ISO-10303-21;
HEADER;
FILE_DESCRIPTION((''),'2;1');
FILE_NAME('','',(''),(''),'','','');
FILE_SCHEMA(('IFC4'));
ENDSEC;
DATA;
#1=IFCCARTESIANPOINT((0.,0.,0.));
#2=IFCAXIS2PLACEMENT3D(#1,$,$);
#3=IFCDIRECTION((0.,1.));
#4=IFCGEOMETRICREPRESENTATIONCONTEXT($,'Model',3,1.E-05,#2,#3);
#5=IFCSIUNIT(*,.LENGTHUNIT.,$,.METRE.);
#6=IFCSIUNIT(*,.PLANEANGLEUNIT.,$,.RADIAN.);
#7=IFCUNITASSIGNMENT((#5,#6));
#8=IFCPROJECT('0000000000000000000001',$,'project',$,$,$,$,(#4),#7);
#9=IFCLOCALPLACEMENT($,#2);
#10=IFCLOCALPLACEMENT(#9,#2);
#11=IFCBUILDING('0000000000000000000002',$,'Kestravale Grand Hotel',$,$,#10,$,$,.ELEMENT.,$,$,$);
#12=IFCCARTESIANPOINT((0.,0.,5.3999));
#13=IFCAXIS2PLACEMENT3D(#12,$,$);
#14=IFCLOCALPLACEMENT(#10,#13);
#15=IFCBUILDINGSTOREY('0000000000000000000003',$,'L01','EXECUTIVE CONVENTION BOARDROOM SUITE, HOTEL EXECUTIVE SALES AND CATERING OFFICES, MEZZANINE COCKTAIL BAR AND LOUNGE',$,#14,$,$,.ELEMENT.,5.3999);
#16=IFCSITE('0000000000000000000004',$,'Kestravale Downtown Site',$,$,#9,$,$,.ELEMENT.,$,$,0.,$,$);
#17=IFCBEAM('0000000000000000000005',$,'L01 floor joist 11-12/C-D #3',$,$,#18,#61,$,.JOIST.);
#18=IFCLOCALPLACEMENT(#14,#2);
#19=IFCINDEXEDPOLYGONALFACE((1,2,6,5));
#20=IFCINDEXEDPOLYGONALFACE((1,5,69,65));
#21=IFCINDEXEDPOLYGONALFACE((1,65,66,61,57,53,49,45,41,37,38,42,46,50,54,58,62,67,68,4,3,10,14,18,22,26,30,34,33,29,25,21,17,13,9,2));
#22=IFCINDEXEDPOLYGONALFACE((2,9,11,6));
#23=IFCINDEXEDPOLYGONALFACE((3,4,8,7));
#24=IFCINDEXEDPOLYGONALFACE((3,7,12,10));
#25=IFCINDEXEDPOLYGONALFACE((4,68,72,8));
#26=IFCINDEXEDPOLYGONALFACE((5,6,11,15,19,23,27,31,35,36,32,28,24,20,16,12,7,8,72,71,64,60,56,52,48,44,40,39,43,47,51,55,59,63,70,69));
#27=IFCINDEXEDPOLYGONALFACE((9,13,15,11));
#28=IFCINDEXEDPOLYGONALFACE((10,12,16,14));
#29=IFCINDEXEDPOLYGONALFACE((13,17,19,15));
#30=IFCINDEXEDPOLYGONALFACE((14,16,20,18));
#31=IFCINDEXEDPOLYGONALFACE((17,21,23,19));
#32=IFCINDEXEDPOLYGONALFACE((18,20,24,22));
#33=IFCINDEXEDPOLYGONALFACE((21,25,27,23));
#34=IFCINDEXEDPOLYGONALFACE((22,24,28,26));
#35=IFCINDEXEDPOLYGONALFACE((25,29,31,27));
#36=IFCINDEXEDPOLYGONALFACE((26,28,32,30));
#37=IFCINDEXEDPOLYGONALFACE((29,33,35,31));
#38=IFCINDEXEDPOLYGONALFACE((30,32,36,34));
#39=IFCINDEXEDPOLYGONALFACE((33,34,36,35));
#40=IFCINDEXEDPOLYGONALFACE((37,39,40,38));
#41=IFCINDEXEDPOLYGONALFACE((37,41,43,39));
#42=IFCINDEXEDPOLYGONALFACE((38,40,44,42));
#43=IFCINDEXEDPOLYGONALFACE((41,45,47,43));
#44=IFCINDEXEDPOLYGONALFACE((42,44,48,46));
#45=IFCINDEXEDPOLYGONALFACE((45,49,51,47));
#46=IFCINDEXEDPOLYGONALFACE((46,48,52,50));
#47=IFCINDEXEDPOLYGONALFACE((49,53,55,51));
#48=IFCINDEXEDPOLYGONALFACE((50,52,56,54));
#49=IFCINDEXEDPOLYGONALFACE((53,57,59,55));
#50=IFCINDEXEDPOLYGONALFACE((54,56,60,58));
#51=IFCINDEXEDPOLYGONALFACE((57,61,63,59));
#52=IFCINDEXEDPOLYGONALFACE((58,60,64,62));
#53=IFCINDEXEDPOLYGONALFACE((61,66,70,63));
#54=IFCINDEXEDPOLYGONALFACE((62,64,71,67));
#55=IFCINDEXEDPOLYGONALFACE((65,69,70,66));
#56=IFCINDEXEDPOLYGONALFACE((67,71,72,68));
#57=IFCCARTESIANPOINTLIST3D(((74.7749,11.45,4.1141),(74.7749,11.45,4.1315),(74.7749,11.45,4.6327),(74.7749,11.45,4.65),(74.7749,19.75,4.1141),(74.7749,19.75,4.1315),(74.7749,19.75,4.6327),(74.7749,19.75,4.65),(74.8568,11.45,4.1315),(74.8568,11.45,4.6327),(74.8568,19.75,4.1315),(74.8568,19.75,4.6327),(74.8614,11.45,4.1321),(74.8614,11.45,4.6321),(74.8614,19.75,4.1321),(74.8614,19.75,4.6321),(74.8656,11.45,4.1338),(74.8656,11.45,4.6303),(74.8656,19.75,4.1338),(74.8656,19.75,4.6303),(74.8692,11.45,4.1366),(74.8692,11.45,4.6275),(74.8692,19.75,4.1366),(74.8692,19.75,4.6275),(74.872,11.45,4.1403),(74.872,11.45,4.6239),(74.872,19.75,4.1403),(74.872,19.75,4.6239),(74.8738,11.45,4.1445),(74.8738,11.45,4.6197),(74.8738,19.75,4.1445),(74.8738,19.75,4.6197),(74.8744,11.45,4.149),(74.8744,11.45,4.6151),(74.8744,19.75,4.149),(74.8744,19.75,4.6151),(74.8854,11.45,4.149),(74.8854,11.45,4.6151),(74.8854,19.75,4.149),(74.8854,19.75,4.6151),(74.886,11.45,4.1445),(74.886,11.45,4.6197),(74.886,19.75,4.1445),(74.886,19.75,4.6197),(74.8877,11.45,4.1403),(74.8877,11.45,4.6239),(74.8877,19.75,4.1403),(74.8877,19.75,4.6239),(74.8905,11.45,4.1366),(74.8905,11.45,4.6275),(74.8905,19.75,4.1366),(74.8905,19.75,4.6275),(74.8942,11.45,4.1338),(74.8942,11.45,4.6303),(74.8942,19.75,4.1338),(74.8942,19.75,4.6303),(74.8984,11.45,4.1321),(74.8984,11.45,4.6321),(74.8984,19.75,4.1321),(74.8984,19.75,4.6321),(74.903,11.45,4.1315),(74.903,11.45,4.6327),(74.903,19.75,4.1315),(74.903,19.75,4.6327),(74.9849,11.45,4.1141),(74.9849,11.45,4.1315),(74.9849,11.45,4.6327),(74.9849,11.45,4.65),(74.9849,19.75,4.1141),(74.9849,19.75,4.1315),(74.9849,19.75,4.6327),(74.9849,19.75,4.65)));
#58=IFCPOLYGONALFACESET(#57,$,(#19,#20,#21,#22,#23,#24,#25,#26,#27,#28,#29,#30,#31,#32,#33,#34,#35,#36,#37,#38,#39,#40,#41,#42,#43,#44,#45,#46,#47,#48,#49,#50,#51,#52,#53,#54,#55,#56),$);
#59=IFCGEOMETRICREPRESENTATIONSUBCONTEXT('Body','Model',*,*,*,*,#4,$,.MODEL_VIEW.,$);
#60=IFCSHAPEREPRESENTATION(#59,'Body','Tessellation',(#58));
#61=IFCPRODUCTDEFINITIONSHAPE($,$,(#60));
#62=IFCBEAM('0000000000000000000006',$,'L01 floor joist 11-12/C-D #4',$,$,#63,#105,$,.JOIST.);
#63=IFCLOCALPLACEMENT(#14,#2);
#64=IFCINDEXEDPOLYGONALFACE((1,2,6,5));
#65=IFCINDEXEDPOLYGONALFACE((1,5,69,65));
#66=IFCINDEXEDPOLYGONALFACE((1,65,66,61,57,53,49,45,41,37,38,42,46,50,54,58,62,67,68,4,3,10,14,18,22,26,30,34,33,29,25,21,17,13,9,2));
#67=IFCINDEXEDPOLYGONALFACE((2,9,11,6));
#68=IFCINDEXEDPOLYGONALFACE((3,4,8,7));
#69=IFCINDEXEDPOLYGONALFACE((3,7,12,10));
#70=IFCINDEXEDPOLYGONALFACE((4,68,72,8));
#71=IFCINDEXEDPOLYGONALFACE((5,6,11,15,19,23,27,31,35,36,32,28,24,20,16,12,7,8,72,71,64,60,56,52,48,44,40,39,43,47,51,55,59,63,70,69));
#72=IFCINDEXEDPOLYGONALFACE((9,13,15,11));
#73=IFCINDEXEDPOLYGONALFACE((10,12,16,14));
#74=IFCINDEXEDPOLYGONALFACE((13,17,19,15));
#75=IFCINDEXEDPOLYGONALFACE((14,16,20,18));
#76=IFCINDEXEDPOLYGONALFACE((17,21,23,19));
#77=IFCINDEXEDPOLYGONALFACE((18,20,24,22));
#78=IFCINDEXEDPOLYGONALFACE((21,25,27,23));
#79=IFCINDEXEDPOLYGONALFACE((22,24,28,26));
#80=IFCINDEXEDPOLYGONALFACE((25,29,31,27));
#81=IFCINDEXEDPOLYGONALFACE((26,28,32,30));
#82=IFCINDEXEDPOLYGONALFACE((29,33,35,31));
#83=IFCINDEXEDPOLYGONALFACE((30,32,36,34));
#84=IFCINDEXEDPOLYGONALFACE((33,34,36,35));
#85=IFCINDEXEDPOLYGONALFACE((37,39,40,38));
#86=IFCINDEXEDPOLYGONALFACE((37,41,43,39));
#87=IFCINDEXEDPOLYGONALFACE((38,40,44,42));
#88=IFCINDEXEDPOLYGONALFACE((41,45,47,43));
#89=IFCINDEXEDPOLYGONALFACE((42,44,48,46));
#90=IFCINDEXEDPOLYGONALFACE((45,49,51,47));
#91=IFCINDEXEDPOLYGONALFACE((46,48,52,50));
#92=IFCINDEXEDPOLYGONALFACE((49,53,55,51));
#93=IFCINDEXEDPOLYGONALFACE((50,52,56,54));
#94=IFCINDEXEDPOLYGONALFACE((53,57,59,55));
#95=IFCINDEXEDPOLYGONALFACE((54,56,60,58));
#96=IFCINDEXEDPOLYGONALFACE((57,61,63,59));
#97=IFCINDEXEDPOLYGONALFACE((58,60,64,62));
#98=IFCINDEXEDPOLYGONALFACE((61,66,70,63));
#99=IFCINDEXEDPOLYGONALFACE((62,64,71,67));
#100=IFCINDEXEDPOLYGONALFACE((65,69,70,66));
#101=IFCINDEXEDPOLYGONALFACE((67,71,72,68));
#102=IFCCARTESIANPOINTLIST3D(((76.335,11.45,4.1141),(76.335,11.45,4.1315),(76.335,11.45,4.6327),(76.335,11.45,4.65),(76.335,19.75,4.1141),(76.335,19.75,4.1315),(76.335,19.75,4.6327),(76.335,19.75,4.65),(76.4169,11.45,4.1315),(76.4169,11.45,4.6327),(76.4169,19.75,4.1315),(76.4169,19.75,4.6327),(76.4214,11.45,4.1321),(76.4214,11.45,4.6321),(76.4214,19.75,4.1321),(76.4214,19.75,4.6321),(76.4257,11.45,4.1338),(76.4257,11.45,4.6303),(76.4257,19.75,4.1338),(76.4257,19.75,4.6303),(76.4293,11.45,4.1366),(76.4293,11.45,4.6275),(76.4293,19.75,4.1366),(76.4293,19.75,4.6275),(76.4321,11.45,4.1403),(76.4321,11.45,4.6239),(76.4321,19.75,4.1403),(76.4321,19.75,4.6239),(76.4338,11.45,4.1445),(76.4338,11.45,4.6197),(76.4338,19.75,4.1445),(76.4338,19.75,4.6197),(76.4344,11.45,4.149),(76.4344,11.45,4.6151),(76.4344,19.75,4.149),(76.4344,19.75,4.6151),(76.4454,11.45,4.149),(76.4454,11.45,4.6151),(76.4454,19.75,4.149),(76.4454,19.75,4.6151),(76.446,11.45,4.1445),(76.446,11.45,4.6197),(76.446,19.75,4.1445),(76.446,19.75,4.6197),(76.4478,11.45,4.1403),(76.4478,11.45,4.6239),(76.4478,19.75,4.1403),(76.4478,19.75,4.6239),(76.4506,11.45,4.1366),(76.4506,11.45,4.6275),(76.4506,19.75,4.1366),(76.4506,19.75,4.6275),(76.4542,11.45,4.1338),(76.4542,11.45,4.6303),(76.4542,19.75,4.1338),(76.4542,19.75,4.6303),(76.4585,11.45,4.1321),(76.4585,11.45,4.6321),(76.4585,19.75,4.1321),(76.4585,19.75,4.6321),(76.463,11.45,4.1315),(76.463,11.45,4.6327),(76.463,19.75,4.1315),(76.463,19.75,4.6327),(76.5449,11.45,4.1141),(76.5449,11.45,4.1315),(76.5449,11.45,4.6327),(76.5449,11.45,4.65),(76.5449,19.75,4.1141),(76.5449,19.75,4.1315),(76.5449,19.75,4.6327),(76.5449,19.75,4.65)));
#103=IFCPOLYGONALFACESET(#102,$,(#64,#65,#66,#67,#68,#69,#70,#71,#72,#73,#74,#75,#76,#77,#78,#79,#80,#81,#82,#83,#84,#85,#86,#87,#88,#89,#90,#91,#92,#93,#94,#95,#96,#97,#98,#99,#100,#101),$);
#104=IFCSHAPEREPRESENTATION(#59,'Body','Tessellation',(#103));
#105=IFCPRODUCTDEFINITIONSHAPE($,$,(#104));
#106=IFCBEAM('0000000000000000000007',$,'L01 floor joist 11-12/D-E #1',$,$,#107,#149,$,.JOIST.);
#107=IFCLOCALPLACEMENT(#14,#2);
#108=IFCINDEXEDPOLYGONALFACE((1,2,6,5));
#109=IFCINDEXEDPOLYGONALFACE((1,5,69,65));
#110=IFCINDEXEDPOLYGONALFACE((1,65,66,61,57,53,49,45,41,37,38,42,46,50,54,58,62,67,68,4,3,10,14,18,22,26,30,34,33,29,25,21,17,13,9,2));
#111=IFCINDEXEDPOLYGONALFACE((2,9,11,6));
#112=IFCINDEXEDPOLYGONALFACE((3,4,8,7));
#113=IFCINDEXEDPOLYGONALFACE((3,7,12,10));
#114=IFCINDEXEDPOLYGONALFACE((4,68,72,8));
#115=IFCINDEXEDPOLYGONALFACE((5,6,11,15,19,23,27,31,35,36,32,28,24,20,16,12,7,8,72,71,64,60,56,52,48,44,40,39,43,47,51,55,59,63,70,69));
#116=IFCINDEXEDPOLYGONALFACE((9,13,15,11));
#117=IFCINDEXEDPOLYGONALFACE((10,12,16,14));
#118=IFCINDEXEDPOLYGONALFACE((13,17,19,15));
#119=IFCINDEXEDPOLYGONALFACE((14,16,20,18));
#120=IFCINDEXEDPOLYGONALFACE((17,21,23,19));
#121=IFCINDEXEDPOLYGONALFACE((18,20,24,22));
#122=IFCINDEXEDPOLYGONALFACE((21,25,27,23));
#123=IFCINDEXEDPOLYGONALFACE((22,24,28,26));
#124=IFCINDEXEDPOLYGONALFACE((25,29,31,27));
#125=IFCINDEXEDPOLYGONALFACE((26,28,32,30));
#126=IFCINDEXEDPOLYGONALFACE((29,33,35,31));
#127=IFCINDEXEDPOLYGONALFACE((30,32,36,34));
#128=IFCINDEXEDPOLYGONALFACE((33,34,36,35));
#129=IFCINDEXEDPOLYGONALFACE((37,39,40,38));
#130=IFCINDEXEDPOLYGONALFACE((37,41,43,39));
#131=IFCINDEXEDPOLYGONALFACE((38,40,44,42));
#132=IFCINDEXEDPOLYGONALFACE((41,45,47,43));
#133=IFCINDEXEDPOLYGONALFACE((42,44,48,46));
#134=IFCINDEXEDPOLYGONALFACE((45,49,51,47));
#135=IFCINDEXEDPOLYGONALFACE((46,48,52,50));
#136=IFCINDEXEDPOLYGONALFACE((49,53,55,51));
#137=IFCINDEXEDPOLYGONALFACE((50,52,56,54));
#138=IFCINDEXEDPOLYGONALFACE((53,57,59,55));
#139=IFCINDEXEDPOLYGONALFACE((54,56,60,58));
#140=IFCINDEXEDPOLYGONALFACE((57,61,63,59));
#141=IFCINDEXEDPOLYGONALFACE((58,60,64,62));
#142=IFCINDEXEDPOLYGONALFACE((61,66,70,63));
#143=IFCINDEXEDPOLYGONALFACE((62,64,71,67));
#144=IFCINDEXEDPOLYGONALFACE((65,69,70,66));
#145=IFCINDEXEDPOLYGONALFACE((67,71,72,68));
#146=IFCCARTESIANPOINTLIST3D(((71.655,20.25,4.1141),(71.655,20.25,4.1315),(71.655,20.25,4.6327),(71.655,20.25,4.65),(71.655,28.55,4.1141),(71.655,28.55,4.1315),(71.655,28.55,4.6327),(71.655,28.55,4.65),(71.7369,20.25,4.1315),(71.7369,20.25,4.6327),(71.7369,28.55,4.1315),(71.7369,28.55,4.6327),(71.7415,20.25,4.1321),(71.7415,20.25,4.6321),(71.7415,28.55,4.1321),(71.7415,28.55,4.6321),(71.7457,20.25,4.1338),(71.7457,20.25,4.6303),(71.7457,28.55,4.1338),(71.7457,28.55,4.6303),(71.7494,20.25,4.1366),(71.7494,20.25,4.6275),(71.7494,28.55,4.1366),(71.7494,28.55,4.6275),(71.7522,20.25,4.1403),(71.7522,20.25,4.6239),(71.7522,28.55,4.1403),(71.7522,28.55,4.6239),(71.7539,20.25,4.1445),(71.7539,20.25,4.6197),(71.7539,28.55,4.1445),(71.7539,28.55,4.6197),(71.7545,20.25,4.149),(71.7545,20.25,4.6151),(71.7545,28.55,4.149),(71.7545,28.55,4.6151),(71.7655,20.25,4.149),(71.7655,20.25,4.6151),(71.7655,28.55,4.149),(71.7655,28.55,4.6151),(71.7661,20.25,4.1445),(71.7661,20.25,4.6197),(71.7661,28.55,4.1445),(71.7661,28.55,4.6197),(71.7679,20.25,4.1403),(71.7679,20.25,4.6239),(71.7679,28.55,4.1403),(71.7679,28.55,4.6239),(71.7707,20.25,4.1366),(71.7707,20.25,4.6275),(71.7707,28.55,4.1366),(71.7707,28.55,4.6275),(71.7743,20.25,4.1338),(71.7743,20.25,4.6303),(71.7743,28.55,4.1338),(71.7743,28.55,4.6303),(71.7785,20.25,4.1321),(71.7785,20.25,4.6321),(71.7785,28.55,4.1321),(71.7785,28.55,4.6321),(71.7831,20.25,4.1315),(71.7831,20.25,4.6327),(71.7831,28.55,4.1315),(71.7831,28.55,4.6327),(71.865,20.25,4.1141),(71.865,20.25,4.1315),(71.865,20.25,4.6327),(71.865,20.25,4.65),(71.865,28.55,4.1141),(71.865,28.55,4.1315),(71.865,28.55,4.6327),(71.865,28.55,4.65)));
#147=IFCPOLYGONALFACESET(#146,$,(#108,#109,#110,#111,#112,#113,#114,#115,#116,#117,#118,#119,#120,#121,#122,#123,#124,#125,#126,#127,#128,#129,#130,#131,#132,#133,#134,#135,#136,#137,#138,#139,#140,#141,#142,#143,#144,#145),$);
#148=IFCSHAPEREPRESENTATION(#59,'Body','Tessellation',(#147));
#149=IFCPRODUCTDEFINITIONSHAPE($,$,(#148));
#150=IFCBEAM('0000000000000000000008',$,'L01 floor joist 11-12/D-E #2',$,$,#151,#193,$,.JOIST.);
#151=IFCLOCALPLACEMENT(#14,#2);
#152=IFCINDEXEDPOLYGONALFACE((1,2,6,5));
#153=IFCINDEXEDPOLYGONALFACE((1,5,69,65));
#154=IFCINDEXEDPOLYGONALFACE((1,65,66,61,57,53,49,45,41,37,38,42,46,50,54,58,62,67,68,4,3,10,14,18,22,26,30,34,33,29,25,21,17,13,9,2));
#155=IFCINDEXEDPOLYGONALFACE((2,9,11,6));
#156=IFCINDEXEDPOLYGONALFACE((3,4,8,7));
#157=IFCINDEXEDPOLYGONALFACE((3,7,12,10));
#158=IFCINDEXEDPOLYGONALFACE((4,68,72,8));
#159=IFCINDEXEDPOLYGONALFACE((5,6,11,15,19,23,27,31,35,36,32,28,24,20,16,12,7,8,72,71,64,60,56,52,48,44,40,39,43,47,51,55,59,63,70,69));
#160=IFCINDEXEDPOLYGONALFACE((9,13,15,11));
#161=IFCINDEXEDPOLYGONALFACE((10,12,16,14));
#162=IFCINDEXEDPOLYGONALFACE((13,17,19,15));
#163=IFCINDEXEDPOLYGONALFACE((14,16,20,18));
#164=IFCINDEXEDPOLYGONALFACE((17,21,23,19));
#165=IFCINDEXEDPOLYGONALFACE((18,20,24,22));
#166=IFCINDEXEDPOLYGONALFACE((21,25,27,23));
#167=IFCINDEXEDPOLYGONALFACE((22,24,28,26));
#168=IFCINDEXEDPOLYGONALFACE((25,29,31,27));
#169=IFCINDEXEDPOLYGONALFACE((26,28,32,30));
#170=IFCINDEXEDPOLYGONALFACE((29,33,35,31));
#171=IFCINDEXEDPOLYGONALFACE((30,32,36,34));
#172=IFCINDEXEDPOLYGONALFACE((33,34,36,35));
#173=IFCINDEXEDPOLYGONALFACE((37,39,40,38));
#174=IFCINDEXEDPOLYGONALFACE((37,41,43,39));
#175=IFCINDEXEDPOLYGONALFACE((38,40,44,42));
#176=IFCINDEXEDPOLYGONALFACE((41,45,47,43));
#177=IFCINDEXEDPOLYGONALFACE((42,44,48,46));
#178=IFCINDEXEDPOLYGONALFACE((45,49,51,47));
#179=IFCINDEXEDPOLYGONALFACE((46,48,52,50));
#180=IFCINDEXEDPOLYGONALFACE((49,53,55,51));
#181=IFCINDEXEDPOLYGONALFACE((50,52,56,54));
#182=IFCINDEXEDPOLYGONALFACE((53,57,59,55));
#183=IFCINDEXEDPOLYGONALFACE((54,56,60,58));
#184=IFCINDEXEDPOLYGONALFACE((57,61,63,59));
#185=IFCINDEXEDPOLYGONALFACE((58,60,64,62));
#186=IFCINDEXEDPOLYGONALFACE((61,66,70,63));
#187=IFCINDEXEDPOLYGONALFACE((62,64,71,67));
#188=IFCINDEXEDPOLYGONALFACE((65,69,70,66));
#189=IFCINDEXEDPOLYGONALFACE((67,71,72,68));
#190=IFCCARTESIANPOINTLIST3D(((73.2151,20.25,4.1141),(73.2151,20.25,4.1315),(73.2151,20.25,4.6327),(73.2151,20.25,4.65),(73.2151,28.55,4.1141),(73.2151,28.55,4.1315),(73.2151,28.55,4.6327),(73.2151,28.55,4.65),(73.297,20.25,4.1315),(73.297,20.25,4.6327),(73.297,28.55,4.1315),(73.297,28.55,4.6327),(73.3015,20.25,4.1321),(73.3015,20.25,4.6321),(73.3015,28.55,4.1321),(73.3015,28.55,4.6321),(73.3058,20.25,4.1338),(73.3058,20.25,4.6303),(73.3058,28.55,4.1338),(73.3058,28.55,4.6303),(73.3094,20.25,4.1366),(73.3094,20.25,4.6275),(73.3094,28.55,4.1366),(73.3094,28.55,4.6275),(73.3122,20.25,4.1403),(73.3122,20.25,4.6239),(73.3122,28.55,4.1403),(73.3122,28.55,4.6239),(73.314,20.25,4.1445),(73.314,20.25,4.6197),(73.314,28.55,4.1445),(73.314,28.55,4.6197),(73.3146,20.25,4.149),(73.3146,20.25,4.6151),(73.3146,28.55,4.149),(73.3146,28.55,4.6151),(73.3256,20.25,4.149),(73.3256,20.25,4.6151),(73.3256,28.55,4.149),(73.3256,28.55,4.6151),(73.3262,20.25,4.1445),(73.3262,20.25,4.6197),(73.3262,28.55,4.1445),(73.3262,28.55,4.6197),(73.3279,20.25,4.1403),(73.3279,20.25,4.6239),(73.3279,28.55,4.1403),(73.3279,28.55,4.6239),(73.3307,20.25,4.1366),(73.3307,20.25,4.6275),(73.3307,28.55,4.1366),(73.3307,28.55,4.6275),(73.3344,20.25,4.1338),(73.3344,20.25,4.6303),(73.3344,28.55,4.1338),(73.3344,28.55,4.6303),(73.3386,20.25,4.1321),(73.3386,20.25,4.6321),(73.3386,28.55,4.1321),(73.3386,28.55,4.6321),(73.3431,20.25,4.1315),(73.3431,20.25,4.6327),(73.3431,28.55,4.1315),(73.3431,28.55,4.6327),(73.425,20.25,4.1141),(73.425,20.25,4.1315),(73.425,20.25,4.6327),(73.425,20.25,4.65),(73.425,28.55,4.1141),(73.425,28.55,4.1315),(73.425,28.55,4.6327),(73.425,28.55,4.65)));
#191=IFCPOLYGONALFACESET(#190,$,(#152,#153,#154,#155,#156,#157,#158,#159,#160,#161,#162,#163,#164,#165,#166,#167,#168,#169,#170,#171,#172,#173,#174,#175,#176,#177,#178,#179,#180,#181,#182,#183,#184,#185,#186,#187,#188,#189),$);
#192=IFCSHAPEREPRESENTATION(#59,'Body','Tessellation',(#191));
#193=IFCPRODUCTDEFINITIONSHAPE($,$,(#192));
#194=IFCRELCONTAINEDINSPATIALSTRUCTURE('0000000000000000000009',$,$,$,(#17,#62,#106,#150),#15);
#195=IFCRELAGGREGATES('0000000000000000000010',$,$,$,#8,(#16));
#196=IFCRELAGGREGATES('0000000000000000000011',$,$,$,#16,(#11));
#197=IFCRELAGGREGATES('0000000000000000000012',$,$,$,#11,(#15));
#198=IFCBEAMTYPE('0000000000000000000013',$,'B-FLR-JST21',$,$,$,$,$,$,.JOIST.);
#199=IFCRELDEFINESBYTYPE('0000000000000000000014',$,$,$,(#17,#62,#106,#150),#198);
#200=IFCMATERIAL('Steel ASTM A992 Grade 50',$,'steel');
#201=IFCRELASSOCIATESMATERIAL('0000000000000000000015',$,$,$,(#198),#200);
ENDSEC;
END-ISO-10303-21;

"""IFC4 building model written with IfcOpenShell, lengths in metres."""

from ifc_helpers import new_model, si_unit, direction, frame, origin, origin_2d, place, context, subcontext, project, spatial, i_section, extrude, material, material_profile, profile_set, type_object, element, save


model = new_model("IFC4")

# Units and contexts
model_context = context("Model", 3, precision=1e-05, world=origin(), true_north=direction((0.0, 1.0)))
body_context = subcontext(model_context, "Body", "Model", "MODEL_VIEW")
ifc_project = project(units=[si_unit("LENGTHUNIT", "METRE"), si_unit("PLANEANGLEUNIT", "RADIAN")], contexts=[model_context])

# Site, building, storey
site_placement = place(None, origin())
site = spatial("IfcSite", under=ifc_project, at=site_placement, Name="Kestravale Downtown Site", CompositionType="ELEMENT", RefElevation=0.0)
building_placement = place(site_placement, origin())
building = spatial("IfcBuilding", under=site, at=building_placement, Name="Kestravale Grand Hotel", CompositionType="ELEMENT")
storey_placement = place(building_placement, frame((0.0, 0.0, 5.3999)))
storey = spatial("IfcBuildingStorey", under=building, at=storey_placement, Name="L01", Description="EXECUTIVE CONVENTION BOARDROOM SUITE, HOTEL EXECUTIVE SALES AND CATERING OFFICES, MEZZANINE COCKTAIL BAR AND LOUNGE", CompositionType="ELEMENT", Elevation=5.3999)

# Beams
ifc_material_1 = material(Name="Steel ASTM A992 Grade 50", Category="steel")
ifc_material_profile_1 = material_profile(ifc_material_1, i_section(OverallWidth=0.21, OverallDepth=0.5359, WebThickness=0.011, FlangeThickness=0.0173, FilletRadius=0.0176, at=origin_2d()))
ifc_profile_set_1 = profile_set([ifc_material_profile_1], Name="Steel ASTM A992 Grade 50")
beam_type_1 = type_object("IfcBeamType", Name="B-FLR-JST21", PredefinedType="JOIST", material=ifc_profile_set_1)
for number, where, z_axis, x_axis, name in (
    (1, (74.8799, 11.45, 4.3821), (0.0, 1.0, 0.0), (-1.0, 0.0, 0.0), "L01 floor joist 11-12/C-D #3"),
    (2, (76.4399, 11.45, 4.3821), (0.0, 1.0, 0.0), (-1.0, 0.0, 0.0), "L01 floor joist 11-12/C-D #4"),
    (3, (71.76, 20.25, 4.3821), (0.0, 1.0, 0.0), (-1.0, 0.0, 0.0), "L01 floor joist 11-12/D-E #1"),
    (4, (73.3201, 20.25, 4.3821), (0.0, 1.0, 0.0), (-1.0, 0.0, 0.0), "L01 floor joist 11-12/D-E #2"),
):
    element("IfcBeam", number, at=place(storey_placement, frame(where, z_axis=z_axis, x_axis=x_axis)), inside=storey, type_object=beam_type_1, Name=name, PredefinedType="JOIST", context=body_context, shape_type="SweptSolid", body=[
        extrude(i_section(OverallWidth=0.21, OverallDepth=0.5359, WebThickness=0.011, FlangeThickness=0.0173, FilletRadius=0.0176, at=origin_2d()), origin(), (0.0, 0.0, 1.0), 8.3),
    ])

save(model, "model.ifc")
